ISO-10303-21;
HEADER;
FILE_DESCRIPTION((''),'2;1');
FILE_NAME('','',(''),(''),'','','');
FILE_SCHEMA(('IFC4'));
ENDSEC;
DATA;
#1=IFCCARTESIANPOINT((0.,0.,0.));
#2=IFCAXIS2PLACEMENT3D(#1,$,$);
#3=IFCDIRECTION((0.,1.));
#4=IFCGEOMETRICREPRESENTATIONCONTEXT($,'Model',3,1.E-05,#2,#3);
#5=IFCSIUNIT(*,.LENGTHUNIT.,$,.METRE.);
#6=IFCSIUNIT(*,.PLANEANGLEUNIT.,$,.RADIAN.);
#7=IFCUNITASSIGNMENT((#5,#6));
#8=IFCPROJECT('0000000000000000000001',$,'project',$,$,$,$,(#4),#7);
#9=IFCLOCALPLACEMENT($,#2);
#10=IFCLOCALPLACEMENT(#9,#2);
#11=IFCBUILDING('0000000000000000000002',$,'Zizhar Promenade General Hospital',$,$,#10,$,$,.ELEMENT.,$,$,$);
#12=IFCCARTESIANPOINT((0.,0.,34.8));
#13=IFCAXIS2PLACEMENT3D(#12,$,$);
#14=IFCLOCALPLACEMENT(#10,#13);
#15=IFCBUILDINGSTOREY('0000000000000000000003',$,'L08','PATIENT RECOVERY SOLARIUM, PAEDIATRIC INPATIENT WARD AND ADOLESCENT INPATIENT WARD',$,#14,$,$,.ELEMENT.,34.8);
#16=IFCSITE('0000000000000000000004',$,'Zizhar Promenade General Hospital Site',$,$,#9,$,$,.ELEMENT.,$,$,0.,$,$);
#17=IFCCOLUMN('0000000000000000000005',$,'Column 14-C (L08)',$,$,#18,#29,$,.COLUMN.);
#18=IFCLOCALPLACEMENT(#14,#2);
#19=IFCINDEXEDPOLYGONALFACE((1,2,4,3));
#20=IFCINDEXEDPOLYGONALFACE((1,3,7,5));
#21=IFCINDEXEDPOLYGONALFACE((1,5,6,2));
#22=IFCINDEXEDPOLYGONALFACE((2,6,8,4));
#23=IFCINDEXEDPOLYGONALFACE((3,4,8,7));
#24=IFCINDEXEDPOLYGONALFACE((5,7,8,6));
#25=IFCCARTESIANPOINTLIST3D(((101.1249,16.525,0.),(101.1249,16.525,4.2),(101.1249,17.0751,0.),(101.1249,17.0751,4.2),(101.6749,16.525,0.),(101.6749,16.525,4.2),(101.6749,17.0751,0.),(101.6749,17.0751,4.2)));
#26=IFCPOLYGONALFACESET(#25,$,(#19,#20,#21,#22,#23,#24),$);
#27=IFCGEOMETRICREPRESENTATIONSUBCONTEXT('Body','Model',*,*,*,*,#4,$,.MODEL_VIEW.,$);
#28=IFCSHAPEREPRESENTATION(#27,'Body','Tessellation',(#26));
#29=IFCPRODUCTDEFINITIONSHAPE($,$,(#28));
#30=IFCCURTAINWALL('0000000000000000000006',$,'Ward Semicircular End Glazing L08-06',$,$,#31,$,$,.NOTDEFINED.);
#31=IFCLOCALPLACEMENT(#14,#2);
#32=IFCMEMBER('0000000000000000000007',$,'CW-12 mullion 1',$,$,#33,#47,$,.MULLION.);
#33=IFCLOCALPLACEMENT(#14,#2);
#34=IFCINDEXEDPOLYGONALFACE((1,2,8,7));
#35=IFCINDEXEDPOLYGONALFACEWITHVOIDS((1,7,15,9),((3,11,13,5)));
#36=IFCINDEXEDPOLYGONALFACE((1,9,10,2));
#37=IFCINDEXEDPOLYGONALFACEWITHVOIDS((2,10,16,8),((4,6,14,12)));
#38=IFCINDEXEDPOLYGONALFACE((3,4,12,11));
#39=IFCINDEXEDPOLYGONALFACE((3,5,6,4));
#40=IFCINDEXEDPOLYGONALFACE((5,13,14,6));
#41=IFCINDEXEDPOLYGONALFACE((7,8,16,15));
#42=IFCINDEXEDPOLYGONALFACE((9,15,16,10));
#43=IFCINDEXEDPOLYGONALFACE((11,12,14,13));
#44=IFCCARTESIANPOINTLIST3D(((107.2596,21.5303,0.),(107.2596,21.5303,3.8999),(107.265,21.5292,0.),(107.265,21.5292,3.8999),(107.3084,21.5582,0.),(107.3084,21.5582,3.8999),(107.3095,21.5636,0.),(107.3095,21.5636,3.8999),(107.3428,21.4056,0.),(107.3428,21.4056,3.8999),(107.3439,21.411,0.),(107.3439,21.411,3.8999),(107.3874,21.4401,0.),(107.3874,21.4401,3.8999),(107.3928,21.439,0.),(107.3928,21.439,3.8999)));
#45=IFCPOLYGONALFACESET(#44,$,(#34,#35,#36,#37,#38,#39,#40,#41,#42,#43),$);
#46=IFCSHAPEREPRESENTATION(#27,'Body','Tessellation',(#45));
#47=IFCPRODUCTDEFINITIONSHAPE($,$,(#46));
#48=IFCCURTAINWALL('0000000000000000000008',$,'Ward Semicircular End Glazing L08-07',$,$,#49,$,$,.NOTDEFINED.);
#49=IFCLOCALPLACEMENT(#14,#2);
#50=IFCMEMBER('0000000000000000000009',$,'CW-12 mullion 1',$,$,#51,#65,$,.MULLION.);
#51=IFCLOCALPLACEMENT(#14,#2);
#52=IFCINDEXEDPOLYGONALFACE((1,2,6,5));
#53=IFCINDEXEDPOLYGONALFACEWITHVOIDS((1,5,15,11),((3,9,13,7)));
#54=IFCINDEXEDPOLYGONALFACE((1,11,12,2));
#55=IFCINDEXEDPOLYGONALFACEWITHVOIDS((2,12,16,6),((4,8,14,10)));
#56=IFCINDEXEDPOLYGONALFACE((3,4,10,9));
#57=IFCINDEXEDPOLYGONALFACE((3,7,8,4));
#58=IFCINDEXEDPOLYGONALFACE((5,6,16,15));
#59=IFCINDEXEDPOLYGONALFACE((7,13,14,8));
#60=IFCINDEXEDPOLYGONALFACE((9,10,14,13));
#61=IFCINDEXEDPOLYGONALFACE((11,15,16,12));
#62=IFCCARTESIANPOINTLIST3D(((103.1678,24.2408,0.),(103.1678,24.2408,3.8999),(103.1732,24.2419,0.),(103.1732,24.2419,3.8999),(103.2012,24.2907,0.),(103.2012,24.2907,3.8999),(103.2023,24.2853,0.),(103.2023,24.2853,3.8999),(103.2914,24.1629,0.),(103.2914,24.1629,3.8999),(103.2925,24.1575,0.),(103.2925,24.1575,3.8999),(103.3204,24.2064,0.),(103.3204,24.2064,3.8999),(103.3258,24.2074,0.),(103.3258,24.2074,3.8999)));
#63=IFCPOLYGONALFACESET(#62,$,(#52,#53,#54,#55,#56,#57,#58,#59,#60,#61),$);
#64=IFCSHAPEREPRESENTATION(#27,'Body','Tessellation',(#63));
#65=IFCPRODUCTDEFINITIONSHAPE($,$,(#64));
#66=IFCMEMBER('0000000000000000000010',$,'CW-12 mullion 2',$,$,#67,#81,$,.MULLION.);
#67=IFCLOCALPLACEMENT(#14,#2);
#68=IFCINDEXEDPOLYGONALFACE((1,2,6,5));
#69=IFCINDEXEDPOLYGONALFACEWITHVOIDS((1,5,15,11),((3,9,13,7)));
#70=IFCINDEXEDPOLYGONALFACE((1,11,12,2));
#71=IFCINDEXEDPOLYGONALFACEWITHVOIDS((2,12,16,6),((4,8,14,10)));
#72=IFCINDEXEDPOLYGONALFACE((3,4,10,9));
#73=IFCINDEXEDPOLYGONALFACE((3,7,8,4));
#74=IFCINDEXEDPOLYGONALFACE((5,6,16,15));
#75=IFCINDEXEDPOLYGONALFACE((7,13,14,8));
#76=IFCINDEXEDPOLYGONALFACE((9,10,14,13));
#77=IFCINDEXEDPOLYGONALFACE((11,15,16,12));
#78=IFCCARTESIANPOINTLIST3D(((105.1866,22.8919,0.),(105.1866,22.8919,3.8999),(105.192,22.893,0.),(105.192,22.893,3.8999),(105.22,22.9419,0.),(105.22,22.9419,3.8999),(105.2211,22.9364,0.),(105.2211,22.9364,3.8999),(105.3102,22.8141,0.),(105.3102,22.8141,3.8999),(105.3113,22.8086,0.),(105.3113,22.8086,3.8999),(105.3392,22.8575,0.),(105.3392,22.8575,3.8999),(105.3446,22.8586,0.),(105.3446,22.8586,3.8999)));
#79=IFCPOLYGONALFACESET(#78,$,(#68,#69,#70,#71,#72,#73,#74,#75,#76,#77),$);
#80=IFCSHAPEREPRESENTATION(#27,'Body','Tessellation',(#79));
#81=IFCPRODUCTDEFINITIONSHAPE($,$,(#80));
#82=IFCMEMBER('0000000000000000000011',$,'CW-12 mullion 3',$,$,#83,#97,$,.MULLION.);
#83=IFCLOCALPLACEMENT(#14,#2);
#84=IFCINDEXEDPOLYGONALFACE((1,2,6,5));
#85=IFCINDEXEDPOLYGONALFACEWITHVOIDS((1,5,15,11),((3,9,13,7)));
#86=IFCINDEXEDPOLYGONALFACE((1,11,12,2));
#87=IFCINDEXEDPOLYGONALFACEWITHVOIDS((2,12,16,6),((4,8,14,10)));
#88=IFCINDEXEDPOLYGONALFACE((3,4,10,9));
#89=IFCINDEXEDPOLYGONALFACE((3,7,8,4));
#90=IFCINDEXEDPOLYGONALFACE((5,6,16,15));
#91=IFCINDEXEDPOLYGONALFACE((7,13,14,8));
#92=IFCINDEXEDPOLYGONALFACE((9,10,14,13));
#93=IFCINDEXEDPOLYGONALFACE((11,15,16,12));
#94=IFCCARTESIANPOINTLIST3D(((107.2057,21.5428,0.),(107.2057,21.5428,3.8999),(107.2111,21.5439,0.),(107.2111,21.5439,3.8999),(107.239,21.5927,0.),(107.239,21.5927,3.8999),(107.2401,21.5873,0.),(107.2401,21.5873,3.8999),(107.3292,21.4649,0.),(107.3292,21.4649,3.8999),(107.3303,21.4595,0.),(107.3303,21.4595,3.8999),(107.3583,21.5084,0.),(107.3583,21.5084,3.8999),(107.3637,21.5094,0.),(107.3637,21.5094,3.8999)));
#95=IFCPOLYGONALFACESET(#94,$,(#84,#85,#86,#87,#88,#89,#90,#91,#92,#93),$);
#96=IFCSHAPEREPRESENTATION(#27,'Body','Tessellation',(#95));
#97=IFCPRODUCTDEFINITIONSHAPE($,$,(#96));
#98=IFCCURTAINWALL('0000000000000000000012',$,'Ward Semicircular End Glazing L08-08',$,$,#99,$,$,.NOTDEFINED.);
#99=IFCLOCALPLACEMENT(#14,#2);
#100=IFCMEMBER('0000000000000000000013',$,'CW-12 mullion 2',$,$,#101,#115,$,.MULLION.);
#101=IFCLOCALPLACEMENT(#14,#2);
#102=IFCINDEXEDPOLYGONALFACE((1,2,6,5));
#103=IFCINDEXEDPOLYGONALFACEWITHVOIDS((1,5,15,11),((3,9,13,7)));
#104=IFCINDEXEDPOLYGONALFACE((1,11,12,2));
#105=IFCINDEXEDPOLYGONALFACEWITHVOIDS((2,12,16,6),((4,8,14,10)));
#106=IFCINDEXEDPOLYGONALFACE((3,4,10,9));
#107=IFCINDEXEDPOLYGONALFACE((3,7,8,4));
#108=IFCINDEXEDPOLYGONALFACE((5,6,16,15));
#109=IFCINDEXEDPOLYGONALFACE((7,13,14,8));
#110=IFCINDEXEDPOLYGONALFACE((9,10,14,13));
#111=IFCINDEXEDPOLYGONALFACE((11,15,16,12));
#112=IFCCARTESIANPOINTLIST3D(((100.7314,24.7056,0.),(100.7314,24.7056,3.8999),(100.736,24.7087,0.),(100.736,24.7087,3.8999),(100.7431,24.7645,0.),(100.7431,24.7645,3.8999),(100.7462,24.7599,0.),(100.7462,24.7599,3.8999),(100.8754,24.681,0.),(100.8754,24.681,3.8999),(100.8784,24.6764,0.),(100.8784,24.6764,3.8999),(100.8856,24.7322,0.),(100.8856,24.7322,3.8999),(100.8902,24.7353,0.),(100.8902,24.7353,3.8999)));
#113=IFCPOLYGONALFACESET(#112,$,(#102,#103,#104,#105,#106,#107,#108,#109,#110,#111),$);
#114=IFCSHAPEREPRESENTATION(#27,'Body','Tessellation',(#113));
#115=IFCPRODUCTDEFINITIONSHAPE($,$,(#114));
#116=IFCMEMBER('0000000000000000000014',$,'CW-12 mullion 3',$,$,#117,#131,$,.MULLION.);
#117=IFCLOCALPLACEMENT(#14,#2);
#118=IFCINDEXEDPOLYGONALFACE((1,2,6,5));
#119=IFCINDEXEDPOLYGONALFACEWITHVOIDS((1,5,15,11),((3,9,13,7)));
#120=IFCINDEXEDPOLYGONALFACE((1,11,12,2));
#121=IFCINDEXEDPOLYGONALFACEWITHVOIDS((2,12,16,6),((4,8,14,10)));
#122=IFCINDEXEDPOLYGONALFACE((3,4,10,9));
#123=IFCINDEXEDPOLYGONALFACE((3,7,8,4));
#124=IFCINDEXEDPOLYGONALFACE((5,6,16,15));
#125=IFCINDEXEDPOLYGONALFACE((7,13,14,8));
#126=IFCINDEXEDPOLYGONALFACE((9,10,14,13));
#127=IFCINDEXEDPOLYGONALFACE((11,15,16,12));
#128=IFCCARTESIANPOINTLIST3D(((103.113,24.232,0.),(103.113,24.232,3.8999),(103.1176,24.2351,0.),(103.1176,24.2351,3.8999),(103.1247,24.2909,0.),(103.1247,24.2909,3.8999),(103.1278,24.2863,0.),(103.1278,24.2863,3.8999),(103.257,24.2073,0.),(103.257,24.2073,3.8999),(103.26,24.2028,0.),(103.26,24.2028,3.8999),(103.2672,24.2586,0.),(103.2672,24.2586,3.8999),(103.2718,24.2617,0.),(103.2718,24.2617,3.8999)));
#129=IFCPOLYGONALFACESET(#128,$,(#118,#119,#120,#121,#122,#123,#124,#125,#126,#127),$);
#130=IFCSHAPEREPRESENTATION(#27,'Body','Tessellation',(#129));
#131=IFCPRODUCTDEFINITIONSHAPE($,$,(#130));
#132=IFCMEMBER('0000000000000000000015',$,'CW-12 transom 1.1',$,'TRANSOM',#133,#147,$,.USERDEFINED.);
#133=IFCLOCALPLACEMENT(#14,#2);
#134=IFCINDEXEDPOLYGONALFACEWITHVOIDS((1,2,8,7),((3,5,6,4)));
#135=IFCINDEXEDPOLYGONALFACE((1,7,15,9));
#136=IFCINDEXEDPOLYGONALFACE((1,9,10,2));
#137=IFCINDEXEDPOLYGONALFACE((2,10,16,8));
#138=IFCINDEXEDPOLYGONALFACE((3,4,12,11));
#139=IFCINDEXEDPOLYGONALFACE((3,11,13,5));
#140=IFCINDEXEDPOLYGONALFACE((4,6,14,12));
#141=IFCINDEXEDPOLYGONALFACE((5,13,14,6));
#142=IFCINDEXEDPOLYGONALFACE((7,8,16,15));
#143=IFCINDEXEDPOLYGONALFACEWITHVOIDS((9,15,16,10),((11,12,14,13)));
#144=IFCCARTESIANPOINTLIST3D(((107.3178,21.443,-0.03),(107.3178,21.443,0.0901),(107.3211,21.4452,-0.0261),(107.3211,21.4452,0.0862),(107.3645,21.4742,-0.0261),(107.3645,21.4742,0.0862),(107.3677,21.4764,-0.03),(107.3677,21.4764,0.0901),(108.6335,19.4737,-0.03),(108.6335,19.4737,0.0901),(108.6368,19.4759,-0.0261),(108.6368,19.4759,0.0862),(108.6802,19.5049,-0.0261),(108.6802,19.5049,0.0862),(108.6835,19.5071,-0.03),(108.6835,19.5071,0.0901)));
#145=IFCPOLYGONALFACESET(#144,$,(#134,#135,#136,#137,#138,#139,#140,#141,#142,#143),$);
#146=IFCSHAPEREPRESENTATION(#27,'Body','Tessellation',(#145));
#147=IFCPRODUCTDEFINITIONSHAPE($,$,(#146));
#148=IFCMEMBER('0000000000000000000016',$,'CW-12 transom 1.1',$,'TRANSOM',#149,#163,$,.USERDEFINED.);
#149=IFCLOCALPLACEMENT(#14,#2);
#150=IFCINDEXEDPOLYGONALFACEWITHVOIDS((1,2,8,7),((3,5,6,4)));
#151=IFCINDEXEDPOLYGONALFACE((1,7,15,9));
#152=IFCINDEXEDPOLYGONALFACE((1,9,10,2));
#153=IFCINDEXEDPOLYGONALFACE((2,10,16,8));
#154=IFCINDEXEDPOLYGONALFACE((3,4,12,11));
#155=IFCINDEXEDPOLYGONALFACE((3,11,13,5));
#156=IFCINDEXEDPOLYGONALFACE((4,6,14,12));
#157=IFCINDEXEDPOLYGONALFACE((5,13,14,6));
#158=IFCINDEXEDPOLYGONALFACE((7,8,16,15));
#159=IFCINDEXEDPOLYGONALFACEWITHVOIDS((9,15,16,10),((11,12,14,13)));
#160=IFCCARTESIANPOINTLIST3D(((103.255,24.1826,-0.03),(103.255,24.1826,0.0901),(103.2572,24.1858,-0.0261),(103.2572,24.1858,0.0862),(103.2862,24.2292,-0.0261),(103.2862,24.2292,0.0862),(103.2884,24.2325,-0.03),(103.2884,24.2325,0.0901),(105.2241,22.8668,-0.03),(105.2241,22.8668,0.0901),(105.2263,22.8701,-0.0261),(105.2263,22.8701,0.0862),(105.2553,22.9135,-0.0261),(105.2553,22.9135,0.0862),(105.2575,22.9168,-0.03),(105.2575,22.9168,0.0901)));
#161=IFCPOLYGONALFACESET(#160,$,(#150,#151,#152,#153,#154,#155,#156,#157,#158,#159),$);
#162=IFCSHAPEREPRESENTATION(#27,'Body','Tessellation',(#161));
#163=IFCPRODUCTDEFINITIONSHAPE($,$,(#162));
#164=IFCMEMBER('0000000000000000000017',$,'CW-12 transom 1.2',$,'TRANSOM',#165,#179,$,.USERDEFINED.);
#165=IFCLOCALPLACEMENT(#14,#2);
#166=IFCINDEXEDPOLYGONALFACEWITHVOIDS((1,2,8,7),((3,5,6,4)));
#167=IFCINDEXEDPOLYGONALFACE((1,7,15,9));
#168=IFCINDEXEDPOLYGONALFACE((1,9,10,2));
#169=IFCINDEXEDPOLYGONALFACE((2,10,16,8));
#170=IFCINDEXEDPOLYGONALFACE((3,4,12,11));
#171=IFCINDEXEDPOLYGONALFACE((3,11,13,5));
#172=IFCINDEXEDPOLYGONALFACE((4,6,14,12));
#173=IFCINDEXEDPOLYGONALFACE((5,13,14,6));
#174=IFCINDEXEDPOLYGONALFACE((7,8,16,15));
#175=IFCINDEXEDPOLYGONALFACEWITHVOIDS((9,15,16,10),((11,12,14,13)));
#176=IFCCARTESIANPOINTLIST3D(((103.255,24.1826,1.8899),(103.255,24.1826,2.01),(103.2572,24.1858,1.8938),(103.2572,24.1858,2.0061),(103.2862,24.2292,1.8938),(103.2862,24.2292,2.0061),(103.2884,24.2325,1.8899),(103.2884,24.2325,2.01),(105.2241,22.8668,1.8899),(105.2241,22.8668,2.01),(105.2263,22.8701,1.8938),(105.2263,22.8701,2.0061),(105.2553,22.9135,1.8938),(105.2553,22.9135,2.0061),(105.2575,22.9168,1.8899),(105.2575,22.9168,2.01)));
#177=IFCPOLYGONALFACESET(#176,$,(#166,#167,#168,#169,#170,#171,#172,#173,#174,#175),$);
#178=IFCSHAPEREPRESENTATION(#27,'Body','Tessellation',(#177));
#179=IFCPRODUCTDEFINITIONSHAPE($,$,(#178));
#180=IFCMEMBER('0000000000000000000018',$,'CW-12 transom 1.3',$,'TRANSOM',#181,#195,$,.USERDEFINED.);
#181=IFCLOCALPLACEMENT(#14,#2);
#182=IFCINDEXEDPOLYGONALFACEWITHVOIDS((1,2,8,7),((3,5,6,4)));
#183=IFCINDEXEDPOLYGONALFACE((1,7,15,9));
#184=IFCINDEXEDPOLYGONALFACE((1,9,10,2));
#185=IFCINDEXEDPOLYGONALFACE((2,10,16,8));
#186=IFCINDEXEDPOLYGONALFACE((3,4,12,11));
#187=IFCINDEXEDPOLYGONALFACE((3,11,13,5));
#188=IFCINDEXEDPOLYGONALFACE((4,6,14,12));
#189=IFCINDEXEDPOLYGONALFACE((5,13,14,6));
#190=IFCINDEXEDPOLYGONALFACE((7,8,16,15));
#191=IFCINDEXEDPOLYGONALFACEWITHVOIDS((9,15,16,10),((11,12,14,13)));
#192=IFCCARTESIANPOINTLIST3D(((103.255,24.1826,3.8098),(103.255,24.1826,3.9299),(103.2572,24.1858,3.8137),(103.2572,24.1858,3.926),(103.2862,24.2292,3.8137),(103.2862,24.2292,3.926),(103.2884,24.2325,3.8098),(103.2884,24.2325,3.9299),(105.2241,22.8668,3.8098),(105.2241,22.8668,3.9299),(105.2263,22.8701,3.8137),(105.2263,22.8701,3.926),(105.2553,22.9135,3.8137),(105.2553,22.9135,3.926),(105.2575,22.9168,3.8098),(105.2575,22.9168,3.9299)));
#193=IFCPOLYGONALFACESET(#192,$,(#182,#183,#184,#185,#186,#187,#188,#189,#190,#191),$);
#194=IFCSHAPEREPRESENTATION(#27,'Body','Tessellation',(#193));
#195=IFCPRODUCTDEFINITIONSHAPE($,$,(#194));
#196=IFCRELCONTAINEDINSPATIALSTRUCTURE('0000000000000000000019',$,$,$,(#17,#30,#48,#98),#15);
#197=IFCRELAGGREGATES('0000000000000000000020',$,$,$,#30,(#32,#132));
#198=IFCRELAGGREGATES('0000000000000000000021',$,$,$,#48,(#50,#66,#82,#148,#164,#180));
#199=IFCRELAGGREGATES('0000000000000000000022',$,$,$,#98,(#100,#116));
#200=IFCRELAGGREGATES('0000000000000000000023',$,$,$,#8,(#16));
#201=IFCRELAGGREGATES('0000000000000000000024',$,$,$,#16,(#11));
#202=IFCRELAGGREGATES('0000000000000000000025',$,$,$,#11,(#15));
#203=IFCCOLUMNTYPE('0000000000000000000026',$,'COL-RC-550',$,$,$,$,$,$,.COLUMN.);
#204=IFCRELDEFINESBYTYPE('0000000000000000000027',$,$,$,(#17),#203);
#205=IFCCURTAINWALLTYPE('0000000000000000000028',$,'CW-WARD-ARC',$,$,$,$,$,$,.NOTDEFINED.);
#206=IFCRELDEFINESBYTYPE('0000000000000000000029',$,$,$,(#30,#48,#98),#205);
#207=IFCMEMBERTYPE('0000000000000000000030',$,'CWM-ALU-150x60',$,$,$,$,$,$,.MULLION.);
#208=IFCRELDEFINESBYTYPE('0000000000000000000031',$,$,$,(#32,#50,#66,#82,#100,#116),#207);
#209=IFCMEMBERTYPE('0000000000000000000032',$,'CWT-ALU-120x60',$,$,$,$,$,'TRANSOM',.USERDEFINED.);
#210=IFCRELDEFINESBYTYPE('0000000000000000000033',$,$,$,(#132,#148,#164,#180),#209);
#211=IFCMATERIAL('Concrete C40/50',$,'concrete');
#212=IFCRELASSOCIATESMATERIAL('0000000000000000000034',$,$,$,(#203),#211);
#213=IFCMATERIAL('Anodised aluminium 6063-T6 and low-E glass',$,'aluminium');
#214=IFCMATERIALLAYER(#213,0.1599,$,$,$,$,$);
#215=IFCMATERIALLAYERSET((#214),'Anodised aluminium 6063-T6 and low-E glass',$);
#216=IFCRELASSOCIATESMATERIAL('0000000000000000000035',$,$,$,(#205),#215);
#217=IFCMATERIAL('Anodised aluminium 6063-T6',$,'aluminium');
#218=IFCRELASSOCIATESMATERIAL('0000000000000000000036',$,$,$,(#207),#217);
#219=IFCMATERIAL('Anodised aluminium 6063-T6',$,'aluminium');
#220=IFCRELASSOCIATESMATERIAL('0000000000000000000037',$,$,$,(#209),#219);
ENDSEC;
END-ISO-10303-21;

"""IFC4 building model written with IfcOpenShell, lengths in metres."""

from ifc_helpers import new_model, si_unit, direction, frame, origin, origin_2d, place, context, subcontext, project, spatial, rectangle, hollow_rectangle, extrude, material, layer, layer_set, material_profile, profile_set, type_object, element, aggregate, save


model = new_model("IFC4")

# Units and contexts
model_context = context("Model", 3, precision=1e-05, world=origin(), true_north=direction((0.0, 1.0)))
body_context = subcontext(model_context, "Body", "Model", "MODEL_VIEW")
ifc_project = project(units=[si_unit("LENGTHUNIT", "METRE"), si_unit("PLANEANGLEUNIT", "RADIAN")], contexts=[model_context])

# Site, building, storey
site_placement = place(None, origin())
site = spatial("IfcSite", under=ifc_project, at=site_placement, Name="Zizhar Promenade General Hospital Site", CompositionType="ELEMENT", RefElevation=0.0)
building_placement = place(site_placement, origin())
building = spatial("IfcBuilding", under=site, at=building_placement, Name="Zizhar Promenade General Hospital", CompositionType="ELEMENT")
storey_placement = place(building_placement, frame((0.0, 0.0, 34.8)))
storey = spatial("IfcBuildingStorey", under=building, at=storey_placement, Name="L08", Description="PATIENT RECOVERY SOLARIUM, PAEDIATRIC INPATIENT WARD AND ADOLESCENT INPATIENT WARD", CompositionType="ELEMENT", Elevation=34.8)

# Column
ifc_material_1 = material(Name="Concrete C40/50", Category="concrete")
ifc_material_profile_1 = material_profile(ifc_material_1, rectangle(XDim=0.55, YDim=0.55, at=origin_2d()))
ifc_profile_set_1 = profile_set([ifc_material_profile_1], Name="Concrete C40/50")
column_type = type_object("IfcColumnType", Name="COL-RC-550", PredefinedType="COLUMN", material=ifc_profile_set_1)
column_placement = place(storey_placement, frame((101.3999, 16.8, 0.0), z_axis=(0.0, 0.0, 1.0), x_axis=(1.0, 0.0, 0.0)))
element("IfcColumn", 1, at=column_placement, inside=storey, type_object=column_type, Name="Column 14-C (L08)", PredefinedType="COLUMN", context=body_context, shape_type="SweptSolid", body=[
    extrude(rectangle(XDim=0.55, YDim=0.55, at=origin_2d()), origin(), (0.0, 0.0, 1.0), 4.2),
])

# Curtain wall, member
ifc_material_2 = material(Name="Anodised aluminium 6063-T6 and low-E glass", Category="aluminium")
ifc_layer_1 = layer(ifc_material_2, 0.1599)
ifc_layer_set_1 = layer_set([ifc_layer_1], Name="Anodised aluminium 6063-T6 and low-E glass")
curtain_wall_type = type_object("IfcCurtainWallType", Name="CW-WARD-ARC", PredefinedType="NOTDEFINED", material=ifc_layer_set_1)
curtain_wall_1_placement = place(storey_placement, origin())
curtain_wall_1 = element("IfcCurtainWall", 2, at=curtain_wall_1_placement, inside=storey, type_object=curtain_wall_type, Name="Ward Semicircular End Glazing L08-06", PredefinedType="NOTDEFINED")
ifc_material_3 = material(Name="Anodised aluminium 6063-T6", Category="aluminium")
ifc_material_profile_2 = material_profile(ifc_material_3, hollow_rectangle(XDim=0.0601, YDim=0.1499, WallThickness=0.0039, at=origin_2d()))
ifc_profile_set_2 = profile_set([ifc_material_profile_2], Name="Anodised aluminium 6063-T6")
member_type_1 = type_object("IfcMemberType", Name="CWM-ALU-150x60", PredefinedType="MULLION", material=ifc_profile_set_2)
member_1_placement = place(storey_placement, frame((107.3262, 21.4846, 0.0), z_axis=(0.0, 0.0, 1.0), x_axis=(0.831462, 0.555582, 0.0)))
member_1 = element("IfcMember", 3, at=member_1_placement, type_object=member_type_1, Name="CW-12 mullion 1", PredefinedType="MULLION", context=body_context, shape_type="SweptSolid", body=[
    extrude(hollow_rectangle(XDim=0.0601, YDim=0.1499, WallThickness=0.0039, at=origin_2d()), origin(), (0.0, 0.0, 1.0), 3.8999),
])

# Curtain walls, members
curtain_wall_2_placement = place(storey_placement, origin())
curtain_wall_2 = element("IfcCurtainWall", 4, at=curtain_wall_2_placement, inside=storey, type_object=curtain_wall_type, Name="Ward Semicircular End Glazing L08-07", PredefinedType="NOTDEFINED")
member_2_placement = place(storey_placement, frame((103.2468, 24.2241, 0.0), z_axis=(0.0, 0.0, 1.0), x_axis=(0.555582, 0.831462, 0.0)))
member_2 = element("IfcMember", 5, at=member_2_placement, type_object=member_type_1, Name="CW-12 mullion 1", PredefinedType="MULLION", context=body_context, shape_type="SweptSolid", body=[
    extrude(hollow_rectangle(XDim=0.0601, YDim=0.1499, WallThickness=0.0039, at=origin_2d()), origin(), (0.0, 0.0, 1.0), 3.8999),
])
member_3_placement = place(storey_placement, frame((105.2656, 22.8752, 0.0), z_axis=(0.0, 0.0, 1.0), x_axis=(0.555582, 0.831462, 0.0)))
member_3 = element("IfcMember", 6, at=member_3_placement, type_object=member_type_1, Name="CW-12 mullion 2", PredefinedType="MULLION", context=body_context, shape_type="SweptSolid", body=[
    extrude(hollow_rectangle(XDim=0.0601, YDim=0.1499, WallThickness=0.0039, at=origin_2d()), origin(), (0.0, 0.0, 1.0), 3.8999),
])
member_4_placement = place(storey_placement, frame((107.2847, 21.5261, 0.0), z_axis=(0.0, 0.0, 1.0), x_axis=(0.555582, 0.831462, 0.0)))
member_4 = element("IfcMember", 7, at=member_4_placement, type_object=member_type_1, Name="CW-12 mullion 3", PredefinedType="MULLION", context=body_context, shape_type="SweptSolid", body=[
    extrude(hollow_rectangle(XDim=0.0601, YDim=0.1499, WallThickness=0.0039, at=origin_2d()), origin(), (0.0, 0.0, 1.0), 3.8999),
])
curtain_wall_3_placement = place(storey_placement, origin())
curtain_wall_3 = element("IfcCurtainWall", 8, at=curtain_wall_3_placement, inside=storey, type_object=curtain_wall_type, Name="Ward Semicircular End Glazing L08-08", PredefinedType="NOTDEFINED")
member_5_placement = place(storey_placement, frame((100.8108, 24.7205, 0.0), z_axis=(0.0, 0.0, 1.0), x_axis=(0.195087, 0.980786, 0.0)))
member_5 = element("IfcMember", 9, at=member_5_placement, type_object=member_type_1, Name="CW-12 mullion 2", PredefinedType="MULLION", context=body_context, shape_type="SweptSolid", body=[
    extrude(hollow_rectangle(XDim=0.0601, YDim=0.1499, WallThickness=0.0039, at=origin_2d()), origin(), (0.0, 0.0, 1.0), 3.8999),
])
member_6_placement = place(storey_placement, frame((103.1924, 24.2468, 0.0), z_axis=(0.0, 0.0, 1.0), x_axis=(0.195087, 0.980786, 0.0)))
member_6 = element("IfcMember", 10, at=member_6_placement, type_object=member_type_1, Name="CW-12 mullion 3", PredefinedType="MULLION", context=body_context, shape_type="SweptSolid", body=[
    extrude(hollow_rectangle(XDim=0.0601, YDim=0.1499, WallThickness=0.0039, at=origin_2d()), origin(), (0.0, 0.0, 1.0), 3.8999),
])

# Members
ifc_material_4 = material(Name="Anodised aluminium 6063-T6", Category="aluminium")
ifc_material_profile_3 = material_profile(ifc_material_4, hollow_rectangle(XDim=0.0601, YDim=0.1201, WallThickness=0.0039, at=origin_2d()))
ifc_profile_set_3 = profile_set([ifc_material_profile_3], Name="Anodised aluminium 6063-T6")
member_type_2 = type_object("IfcMemberType", Name="CWT-ALU-120x60", ElementType="TRANSOM", PredefinedType="USERDEFINED", material=ifc_profile_set_3)
member_7_placement = place(storey_placement, frame((107.3428, 21.4597, 0.03), z_axis=(0.555533, -0.831495, 0.0), x_axis=(0.831495, 0.555533, 0.0)))
member_7 = element("IfcMember", 11, at=member_7_placement, type_object=member_type_2, Name="CW-12 transom 1.1", ObjectType="TRANSOM", PredefinedType="USERDEFINED", context=body_context, shape_type="SweptSolid", body=[
    extrude(hollow_rectangle(XDim=0.0601, YDim=0.1201, WallThickness=0.0039, at=origin_2d()), origin(), (0.0, 0.0, 1.0), 2.3684),
])
aggregate(curtain_wall_1, [member_1, member_7])
member_8_placement = place(storey_placement, frame((103.2717, 24.2075, 0.03), z_axis=(0.831463, -0.55558, 0.0), x_axis=(0.55558, 0.831463, 0.0)))
member_8 = element("IfcMember", 12, at=member_8_placement, type_object=member_type_2, Name="CW-12 transom 1.1", ObjectType="TRANSOM", PredefinedType="USERDEFINED", context=body_context, shape_type="SweptSolid", body=[
    extrude(hollow_rectangle(XDim=0.0601, YDim=0.1201, WallThickness=0.0039, at=origin_2d()), origin(), (0.0, 0.0, 1.0), 2.3682),
])
member_9_placement = place(storey_placement, frame((103.2717, 24.2075, 1.95), z_axis=(0.831463, -0.55558, 0.0), x_axis=(0.55558, 0.831463, 0.0)))
member_9 = element("IfcMember", 13, at=member_9_placement, type_object=member_type_2, Name="CW-12 transom 1.2", ObjectType="TRANSOM", PredefinedType="USERDEFINED", context=body_context, shape_type="SweptSolid", body=[
    extrude(hollow_rectangle(XDim=0.0601, YDim=0.1201, WallThickness=0.0039, at=origin_2d()), origin(), (0.0, 0.0, 1.0), 2.3682),
])
member_10_placement = place(storey_placement, frame((103.2717, 24.2075, 3.8699), z_axis=(0.831463, -0.55558, 0.0), x_axis=(0.55558, 0.831463, 0.0)))
member_10 = element("IfcMember", 14, at=member_10_placement, type_object=member_type_2, Name="CW-12 transom 1.3", ObjectType="TRANSOM", PredefinedType="USERDEFINED", context=body_context, shape_type="SweptSolid", body=[
    extrude(hollow_rectangle(XDim=0.0601, YDim=0.1201, WallThickness=0.0039, at=origin_2d()), origin(), (0.0, 0.0, 1.0), 2.3682),
])

aggregate(curtain_wall_2, [member_2, member_3, member_4, member_8, member_9, member_10])
aggregate(curtain_wall_3, [member_5, member_6])

save(model, "model.ifc")
